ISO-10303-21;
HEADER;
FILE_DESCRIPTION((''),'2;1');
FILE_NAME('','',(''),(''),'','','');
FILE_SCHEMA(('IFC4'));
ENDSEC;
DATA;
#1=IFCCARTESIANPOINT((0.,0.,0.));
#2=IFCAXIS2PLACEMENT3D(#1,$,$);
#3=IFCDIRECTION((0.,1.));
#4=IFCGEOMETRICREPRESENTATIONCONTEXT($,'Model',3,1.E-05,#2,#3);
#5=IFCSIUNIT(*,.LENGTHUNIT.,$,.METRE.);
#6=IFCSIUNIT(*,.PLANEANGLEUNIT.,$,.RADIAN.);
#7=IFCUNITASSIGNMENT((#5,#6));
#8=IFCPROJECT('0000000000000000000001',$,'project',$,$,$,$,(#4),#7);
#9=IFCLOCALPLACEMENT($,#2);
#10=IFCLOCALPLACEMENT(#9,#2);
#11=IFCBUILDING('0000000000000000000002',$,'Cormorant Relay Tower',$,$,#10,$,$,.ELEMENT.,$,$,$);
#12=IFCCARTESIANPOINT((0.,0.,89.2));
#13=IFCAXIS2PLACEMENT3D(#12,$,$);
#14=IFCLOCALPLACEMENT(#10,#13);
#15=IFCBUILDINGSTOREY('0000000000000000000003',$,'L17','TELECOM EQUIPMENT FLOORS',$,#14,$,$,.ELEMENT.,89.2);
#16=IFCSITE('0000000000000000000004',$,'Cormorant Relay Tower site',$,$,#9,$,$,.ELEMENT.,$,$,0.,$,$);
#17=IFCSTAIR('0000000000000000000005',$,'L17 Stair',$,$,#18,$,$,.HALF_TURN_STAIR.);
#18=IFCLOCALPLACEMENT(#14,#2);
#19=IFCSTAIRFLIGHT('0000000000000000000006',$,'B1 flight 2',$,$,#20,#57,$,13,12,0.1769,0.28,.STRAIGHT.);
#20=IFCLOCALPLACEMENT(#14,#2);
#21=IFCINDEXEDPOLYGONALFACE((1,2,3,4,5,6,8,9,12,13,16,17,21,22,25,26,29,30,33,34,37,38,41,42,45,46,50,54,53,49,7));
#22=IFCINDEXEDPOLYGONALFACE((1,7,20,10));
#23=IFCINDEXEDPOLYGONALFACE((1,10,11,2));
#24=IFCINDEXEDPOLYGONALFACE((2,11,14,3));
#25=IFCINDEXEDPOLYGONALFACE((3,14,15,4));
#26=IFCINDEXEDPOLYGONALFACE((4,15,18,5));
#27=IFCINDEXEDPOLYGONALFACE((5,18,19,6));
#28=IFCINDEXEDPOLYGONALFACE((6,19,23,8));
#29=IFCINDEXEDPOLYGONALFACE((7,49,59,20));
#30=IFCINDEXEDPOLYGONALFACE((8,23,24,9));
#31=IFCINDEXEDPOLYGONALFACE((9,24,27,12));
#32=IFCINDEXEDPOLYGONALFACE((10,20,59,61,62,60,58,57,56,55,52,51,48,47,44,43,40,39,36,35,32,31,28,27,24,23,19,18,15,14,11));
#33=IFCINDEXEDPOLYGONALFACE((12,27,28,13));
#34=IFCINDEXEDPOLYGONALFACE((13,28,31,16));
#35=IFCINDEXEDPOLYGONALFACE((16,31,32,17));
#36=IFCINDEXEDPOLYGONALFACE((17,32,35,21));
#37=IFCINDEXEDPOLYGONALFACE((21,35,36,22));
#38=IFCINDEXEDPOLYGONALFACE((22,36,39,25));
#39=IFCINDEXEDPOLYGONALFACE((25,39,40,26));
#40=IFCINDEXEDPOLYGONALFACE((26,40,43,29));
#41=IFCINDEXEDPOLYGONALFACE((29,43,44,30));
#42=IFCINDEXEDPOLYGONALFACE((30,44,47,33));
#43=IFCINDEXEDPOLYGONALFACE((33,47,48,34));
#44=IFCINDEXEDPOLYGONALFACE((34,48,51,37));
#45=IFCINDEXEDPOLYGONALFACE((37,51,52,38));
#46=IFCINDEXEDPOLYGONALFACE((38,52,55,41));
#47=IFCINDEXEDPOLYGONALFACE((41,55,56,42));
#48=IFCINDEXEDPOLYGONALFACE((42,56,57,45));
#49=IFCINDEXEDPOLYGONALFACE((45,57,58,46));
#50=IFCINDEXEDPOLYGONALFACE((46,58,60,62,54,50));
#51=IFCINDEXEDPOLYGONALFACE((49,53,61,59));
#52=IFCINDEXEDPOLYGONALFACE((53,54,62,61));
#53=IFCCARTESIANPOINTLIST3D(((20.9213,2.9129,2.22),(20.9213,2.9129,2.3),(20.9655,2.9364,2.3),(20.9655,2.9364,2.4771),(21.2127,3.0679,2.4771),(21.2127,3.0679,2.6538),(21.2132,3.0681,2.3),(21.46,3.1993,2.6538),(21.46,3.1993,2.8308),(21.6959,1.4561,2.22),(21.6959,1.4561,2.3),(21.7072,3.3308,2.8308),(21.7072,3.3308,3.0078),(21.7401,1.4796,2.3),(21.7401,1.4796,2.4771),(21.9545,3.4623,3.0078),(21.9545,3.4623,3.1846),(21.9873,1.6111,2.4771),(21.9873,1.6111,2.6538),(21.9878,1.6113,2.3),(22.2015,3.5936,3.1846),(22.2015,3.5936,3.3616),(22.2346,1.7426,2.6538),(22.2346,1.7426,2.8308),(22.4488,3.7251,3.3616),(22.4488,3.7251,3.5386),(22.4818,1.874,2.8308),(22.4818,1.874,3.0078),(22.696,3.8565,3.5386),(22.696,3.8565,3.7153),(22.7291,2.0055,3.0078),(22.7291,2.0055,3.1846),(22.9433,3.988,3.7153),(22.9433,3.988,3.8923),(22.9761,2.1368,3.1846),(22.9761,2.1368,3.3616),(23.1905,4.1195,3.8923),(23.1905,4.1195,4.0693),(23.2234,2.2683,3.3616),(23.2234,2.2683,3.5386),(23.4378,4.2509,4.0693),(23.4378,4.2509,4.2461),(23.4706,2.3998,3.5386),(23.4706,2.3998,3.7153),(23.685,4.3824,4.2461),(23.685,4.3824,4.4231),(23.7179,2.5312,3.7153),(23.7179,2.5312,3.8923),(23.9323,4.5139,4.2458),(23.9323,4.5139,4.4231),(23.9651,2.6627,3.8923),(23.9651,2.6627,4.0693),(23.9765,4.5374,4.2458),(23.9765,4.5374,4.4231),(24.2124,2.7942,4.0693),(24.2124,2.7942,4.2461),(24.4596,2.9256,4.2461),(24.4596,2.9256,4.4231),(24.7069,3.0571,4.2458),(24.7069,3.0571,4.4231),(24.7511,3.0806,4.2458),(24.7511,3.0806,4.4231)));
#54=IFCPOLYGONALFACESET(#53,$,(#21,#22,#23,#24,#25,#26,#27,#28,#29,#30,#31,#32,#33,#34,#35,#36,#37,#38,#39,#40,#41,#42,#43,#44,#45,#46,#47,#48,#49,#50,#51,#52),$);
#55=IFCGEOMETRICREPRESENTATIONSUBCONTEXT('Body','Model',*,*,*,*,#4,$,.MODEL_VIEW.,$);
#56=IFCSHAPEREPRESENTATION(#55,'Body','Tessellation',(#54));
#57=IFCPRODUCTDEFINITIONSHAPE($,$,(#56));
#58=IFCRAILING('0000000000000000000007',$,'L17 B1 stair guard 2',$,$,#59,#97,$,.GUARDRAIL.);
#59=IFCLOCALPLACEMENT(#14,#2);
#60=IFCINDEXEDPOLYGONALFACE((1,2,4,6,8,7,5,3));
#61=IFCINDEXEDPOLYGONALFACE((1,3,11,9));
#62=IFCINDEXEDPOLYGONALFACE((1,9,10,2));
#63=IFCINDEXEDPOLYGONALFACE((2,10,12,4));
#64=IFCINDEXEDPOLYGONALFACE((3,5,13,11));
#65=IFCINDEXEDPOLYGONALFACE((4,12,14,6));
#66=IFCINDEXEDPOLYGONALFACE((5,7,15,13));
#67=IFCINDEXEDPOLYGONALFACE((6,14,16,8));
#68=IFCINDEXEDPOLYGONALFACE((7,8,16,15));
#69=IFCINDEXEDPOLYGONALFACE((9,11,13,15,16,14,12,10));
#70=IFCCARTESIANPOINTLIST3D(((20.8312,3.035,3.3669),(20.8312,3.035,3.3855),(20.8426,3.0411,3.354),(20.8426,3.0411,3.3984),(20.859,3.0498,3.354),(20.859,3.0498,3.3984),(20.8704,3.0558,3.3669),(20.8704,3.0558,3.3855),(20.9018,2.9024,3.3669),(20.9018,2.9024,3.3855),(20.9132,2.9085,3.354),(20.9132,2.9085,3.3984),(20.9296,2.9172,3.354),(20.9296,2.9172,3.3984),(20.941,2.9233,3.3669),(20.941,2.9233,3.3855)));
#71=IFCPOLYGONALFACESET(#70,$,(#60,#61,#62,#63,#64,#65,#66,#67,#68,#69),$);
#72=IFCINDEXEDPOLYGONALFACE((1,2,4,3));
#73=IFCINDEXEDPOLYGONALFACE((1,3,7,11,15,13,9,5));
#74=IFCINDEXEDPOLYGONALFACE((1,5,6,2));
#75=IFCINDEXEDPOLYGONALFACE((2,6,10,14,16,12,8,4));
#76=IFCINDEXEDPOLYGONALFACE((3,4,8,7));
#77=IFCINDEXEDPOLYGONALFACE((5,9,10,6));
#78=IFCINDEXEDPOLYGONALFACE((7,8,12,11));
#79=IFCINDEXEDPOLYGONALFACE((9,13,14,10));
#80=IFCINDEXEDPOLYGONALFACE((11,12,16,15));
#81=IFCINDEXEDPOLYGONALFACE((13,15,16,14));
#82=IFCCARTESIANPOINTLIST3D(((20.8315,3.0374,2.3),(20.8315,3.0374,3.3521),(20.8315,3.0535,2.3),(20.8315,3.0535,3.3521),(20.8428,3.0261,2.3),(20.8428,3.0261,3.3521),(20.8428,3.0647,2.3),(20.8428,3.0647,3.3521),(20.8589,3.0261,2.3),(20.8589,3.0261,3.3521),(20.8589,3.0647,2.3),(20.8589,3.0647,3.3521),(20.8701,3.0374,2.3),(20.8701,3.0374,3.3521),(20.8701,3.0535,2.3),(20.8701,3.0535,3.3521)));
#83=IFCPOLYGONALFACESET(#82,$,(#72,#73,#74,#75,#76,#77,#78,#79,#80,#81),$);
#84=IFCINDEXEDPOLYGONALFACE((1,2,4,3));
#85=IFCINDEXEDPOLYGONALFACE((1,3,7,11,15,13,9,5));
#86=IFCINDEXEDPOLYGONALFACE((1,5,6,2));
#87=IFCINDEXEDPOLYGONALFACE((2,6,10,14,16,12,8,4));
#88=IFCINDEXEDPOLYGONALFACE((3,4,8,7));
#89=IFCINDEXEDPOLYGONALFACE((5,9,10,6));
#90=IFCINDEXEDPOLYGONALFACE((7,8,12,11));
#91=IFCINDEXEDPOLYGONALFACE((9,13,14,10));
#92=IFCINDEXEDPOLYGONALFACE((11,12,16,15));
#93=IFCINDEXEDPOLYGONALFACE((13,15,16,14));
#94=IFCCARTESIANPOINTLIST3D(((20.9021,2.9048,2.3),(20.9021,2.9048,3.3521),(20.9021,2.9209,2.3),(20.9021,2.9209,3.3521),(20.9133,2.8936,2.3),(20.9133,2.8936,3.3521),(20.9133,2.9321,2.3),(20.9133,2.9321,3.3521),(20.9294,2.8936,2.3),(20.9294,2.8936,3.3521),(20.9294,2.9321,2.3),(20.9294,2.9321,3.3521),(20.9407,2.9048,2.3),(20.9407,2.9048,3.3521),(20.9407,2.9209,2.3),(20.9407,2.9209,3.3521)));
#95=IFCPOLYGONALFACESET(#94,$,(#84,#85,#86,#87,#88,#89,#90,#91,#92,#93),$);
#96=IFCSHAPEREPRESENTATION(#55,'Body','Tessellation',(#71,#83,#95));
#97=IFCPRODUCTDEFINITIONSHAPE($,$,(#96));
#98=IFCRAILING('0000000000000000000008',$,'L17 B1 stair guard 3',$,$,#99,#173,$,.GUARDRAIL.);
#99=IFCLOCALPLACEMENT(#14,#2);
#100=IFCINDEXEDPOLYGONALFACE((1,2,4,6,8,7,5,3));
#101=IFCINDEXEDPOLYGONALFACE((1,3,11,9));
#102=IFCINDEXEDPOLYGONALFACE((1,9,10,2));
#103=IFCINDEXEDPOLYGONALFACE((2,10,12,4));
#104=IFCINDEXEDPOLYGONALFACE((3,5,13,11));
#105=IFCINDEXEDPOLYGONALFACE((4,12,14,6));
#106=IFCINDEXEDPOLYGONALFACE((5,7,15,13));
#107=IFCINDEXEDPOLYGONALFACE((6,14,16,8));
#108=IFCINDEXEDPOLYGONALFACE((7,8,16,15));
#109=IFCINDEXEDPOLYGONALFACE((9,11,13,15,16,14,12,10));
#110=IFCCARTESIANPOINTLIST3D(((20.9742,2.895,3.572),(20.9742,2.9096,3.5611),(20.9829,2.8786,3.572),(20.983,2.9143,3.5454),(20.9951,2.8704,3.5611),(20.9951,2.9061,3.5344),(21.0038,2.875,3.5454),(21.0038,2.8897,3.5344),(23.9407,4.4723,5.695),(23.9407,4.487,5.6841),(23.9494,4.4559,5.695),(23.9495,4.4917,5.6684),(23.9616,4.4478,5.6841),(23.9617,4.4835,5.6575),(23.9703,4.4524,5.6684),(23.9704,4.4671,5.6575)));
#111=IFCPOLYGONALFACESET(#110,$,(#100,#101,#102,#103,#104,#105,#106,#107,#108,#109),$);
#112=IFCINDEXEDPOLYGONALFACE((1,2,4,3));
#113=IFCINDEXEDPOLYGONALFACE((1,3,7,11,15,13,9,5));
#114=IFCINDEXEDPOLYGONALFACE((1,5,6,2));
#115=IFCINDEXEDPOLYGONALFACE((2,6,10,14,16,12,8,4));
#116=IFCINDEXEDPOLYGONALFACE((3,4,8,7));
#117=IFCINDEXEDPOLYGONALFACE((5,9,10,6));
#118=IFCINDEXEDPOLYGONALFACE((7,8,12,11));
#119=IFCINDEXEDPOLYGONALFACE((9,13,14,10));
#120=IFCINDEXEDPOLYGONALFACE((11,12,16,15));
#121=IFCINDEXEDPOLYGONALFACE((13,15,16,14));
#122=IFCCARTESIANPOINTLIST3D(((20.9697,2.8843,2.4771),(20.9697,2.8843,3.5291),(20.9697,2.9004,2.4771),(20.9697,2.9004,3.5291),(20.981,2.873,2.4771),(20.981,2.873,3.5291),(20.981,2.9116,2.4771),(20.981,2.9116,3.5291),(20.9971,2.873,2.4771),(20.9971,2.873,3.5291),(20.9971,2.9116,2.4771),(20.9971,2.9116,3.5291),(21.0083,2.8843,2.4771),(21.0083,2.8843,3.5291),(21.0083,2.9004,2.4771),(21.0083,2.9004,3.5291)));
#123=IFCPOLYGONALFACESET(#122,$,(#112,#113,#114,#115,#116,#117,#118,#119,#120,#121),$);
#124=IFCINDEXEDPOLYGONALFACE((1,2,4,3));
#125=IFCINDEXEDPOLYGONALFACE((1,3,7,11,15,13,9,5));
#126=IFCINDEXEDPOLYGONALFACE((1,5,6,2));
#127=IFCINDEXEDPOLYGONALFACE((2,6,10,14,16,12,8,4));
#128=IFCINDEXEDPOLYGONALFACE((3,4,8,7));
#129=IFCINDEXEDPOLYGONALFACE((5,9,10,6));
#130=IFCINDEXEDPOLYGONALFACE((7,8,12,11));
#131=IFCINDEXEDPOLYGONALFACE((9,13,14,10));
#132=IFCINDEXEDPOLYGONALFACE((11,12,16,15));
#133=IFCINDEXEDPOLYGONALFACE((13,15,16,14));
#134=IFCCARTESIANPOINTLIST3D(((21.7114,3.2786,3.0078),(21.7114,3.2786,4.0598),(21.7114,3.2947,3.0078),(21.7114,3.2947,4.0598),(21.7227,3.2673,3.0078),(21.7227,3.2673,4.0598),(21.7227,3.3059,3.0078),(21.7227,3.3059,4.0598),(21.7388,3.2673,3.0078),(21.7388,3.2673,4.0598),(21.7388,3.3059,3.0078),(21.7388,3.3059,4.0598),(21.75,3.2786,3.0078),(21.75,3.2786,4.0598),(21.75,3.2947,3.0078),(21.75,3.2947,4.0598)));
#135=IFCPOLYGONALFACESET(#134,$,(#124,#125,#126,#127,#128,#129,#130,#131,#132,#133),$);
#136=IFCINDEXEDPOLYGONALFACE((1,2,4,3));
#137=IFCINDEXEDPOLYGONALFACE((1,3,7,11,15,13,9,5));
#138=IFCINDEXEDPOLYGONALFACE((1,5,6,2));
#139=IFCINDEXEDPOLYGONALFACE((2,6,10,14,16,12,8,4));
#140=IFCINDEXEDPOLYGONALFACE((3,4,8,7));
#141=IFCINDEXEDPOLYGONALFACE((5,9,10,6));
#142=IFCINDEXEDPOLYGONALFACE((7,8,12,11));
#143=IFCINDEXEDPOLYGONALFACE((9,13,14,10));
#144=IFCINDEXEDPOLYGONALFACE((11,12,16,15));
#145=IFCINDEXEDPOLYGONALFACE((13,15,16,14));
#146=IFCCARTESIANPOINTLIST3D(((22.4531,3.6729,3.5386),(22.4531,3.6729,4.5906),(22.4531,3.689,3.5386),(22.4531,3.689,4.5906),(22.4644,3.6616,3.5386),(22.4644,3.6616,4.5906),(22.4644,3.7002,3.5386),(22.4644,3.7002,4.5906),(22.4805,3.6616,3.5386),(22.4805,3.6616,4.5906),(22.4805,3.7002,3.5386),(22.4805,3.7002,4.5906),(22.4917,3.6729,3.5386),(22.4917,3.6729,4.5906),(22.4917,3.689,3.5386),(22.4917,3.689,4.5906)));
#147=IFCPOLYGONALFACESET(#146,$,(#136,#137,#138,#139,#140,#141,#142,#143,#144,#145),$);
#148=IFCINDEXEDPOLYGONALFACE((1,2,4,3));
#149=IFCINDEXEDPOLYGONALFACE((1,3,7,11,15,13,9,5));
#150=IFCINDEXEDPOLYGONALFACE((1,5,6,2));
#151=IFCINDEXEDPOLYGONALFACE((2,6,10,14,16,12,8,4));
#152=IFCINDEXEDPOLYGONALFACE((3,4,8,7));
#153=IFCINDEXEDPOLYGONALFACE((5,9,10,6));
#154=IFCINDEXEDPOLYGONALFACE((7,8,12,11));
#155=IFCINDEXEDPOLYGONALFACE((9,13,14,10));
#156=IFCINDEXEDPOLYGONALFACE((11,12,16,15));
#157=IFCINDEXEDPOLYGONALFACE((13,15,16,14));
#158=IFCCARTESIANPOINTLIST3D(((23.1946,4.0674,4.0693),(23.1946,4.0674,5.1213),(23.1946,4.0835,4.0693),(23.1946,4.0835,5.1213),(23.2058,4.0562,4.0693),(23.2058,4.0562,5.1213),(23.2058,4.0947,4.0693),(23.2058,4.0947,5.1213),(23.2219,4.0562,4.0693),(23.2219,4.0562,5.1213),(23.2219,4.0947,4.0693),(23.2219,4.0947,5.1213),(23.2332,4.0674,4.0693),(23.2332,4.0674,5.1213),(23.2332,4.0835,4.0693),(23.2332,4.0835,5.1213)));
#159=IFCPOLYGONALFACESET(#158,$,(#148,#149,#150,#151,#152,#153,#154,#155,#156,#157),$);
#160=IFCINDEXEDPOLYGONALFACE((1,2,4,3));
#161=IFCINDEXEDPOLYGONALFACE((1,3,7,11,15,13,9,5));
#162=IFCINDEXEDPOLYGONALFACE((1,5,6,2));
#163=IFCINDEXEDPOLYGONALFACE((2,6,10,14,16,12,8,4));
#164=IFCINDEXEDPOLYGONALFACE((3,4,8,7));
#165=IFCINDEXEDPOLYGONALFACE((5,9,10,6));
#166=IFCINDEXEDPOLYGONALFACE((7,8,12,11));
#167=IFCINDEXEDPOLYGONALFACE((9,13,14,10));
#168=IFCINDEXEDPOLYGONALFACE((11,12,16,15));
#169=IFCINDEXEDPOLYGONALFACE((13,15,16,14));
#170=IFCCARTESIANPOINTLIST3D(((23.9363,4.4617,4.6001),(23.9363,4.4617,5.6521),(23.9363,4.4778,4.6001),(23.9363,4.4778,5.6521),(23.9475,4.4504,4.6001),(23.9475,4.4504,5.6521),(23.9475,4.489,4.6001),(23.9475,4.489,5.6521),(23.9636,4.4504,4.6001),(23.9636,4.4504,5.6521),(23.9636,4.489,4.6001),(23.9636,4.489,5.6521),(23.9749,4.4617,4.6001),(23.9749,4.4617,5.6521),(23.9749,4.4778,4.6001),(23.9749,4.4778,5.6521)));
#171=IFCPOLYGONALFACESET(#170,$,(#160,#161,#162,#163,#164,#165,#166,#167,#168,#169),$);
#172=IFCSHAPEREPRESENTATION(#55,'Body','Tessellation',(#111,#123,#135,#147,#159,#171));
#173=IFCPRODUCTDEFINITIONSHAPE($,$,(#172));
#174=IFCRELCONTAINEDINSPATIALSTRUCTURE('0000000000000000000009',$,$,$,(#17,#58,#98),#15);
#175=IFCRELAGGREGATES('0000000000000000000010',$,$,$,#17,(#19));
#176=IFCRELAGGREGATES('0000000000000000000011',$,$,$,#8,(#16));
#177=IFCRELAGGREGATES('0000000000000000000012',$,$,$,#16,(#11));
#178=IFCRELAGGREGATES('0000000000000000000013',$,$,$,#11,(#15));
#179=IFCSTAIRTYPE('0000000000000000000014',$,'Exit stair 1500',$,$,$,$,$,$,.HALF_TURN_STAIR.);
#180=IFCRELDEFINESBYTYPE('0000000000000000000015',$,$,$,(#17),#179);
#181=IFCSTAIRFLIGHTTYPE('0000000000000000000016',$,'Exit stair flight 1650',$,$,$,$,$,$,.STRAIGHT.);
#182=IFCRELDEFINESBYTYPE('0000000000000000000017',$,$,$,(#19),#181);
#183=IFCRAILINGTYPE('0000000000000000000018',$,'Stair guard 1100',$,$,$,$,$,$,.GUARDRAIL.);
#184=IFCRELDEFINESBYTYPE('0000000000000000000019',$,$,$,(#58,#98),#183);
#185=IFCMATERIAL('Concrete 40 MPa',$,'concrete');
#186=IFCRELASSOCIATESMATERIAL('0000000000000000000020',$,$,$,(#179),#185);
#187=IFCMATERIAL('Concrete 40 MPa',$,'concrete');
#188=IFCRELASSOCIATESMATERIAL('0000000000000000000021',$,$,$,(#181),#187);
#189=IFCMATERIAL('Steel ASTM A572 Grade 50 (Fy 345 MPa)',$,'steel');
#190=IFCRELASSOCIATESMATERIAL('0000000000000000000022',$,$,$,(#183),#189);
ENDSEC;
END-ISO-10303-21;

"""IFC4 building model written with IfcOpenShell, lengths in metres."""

from ifc_helpers import new_model, si_unit, direction, frame, origin, place, context, subcontext, project, spatial, polyline, outline, extrude, material, type_object, element, aggregate, save


model = new_model("IFC4")

# Units and contexts
model_context = context("Model", 3, precision=1e-05, world=origin(), true_north=direction((0.0, 1.0)))
body_context = subcontext(model_context, "Body", "Model", "MODEL_VIEW")
ifc_project = project(units=[si_unit("LENGTHUNIT", "METRE"), si_unit("PLANEANGLEUNIT", "RADIAN")], contexts=[model_context])

# Site, building, storey
site_placement = place(None, origin())
site = spatial("IfcSite", under=ifc_project, at=site_placement, Name="Cormorant Relay Tower site", CompositionType="ELEMENT", RefElevation=0.0)
building_placement = place(site_placement, origin())
building = spatial("IfcBuilding", under=site, at=building_placement, Name="Cormorant Relay Tower", CompositionType="ELEMENT")
storey_placement = place(building_placement, frame((0.0, 0.0, 89.2)))
storey = spatial("IfcBuildingStorey", under=building, at=storey_placement, Name="L17", Description="TELECOM EQUIPMENT FLOORS", CompositionType="ELEMENT", Elevation=89.2)

# Stair, stair flight
ifc_material_1 = material(Name="Concrete 40 MPa", Category="concrete")
stair_type = type_object("IfcStairType", Name="Exit stair 1500", PredefinedType="HALF_TURN_STAIR", material=ifc_material_1)
stair_placement = place(storey_placement, origin())
stair = element("IfcStair", 1, at=stair_placement, inside=storey, type_object=stair_type, Name="L17 Stair", PredefinedType="HALF_TURN_STAIR")
ifc_material_2 = material(Name="Concrete 40 MPa", Category="concrete")
stair_flight_type = type_object("IfcStairFlightType", Name="Exit stair flight 1650", PredefinedType="STRAIGHT", material=ifc_material_2)
stair_flight_placement = place(storey_placement, frame((21.3528, 2.208, 2.3), z_axis=(0.0, 0.0, 1.0), x_axis=(0.882948, 0.469472, 0.0)))
stair_flight = element("IfcStairFlight", 2, at=stair_flight_placement, type_object=stair_flight_type, Name="B1 flight 2", NumberOfRisers=13, NumberOfTreads=12, PredefinedType="STRAIGHT", RiserHeight=0.1769, TreadLength=0.28, context=body_context, shape_type="SweptSolid", body=[
    extrude(outline(polyline([(-0.05, -0.0801), (-0.05, 0.0), (0.0, 0.0), (0.0, 0.177), (0.28, 0.177), (0.28, 0.3538), (0.5601, 0.3538), (0.5601, 0.5308), (0.8401, 0.5308), (0.8401, 0.7078), (1.1201, 0.7078), (1.1201, 0.8845), (1.3999, 0.8845), (1.3999, 1.0615), (1.6799, 1.0615), (1.6799, 1.2385), (1.96, 1.2385), (1.96, 1.4153), (2.24, 1.4153), (2.24, 1.5923), (2.52, 1.5923), (2.52, 1.7693), (2.8, 1.7693), (2.8, 1.946), (3.0801, 1.946), (3.0801, 2.123), (3.3601, 2.123), (3.4102, 2.123), (3.4102, 1.9458), (3.3601, 1.9458), (0.2805, 0.0), (-0.05, -0.0801)])), frame((0.0, 0.825, 0.0), z_axis=(0.0, -1.0, 0.0), x_axis=(1.0, 0.0, 0.0)), (0.0, 0.0, 1.0), 1.6499),
])
aggregate(stair, [stair_flight])

# Railings
ifc_material_3 = material(Name="Steel ASTM A572 Grade 50 (Fy 345 MPa)", Category="steel")
railing_type = type_object("IfcRailingType", Name="Stair guard 1100", PredefinedType="GUARDRAIL", material=ifc_material_3)
railing_1_placement = place(storey_placement, frame((20.8508, 3.0454, 2.3)))
element("IfcRailing", 3, at=railing_1_placement, inside=storey, type_object=railing_type, Name="L17 B1 stair guard 2", PredefinedType="GUARDRAIL", context=body_context, shape_type="SweptSolid", body=[
    extrude(outline(polyline([(0.0222, 0.0093), (0.0093, 0.0222), (-0.0093, 0.0222), (-0.0222, 0.0093), (-0.0222, -0.0093), (-0.0093, -0.0222), (0.0093, -0.0222), (0.0222, -0.0093), (0.0222, 0.0093)])), frame((0.0, 0.0, 1.0762), z_axis=(0.469829, -0.882758, 0.0), x_axis=(0.882758, 0.469829, 0.0)), (0.0, 0.0, 1.0), 0.1501),
    extrude(outline(polyline([(0.0193, 0.0081), (0.0081, 0.0193), (-0.0081, 0.0193), (-0.0193, 0.0081), (-0.0193, -0.0081), (-0.0081, -0.0193), (0.0081, -0.0193), (0.0193, -0.0081), (0.0193, 0.0081)])), origin(), (0.0, 0.0, 1.0), 1.052),
    extrude(outline(polyline([(0.0193, 0.0081), (0.0081, 0.0193), (-0.0081, 0.0193), (-0.0193, 0.0081), (-0.0193, -0.0081), (-0.0081, -0.0193), (0.0081, -0.0193), (0.0193, -0.0081), (0.0193, 0.0081)])), frame((0.0706, -0.1326, 0.0)), (0.0, 0.0, 1.0), 1.052),
])
railing_2_placement = place(storey_placement, frame((20.989, 2.8923, 2.4771)))
element("IfcRailing", 4, at=railing_2_placement, inside=storey, type_object=railing_type, Name="L17 B1 stair guard 3", PredefinedType="GUARDRAIL", context=body_context, shape_type="SweptSolid", body=[
    extrude(outline(polyline([(0.0222, 0.0093), (0.0093, 0.0222), (-0.0093, 0.0222), (-0.0222, 0.0093), (-0.0222, -0.0093), (-0.0093, -0.0222), (0.0093, -0.0222), (0.0222, -0.0093), (0.0222, 0.0093)])), frame((0.0, 0.0, 1.0762), z_axis=(0.746413, 0.396887, 0.534179), x_axis=(-0.469483, 0.882942, 0.0)), (0.0, 0.0, 1.0), 3.9744),
    extrude(outline(polyline([(0.0193, 0.0081), (0.0081, 0.0193), (-0.0081, 0.0193), (-0.0193, 0.0081), (-0.0193, -0.0081), (-0.0081, -0.0193), (0.0081, -0.0193), (0.0193, -0.0081), (0.0193, 0.0081)])), origin(), (0.0, 0.0, 1.0), 1.052),
    extrude(outline(polyline([(0.0193, 0.0081), (0.0081, 0.0193), (-0.0081, 0.0193), (-0.0193, 0.0081), (-0.0193, -0.0081), (-0.0081, -0.0193), (0.0081, -0.0193), (0.0193, -0.0081), (0.0193, 0.0081)])), frame((0.7417, 0.3943, 0.5308)), (0.0, 0.0, 1.0), 1.052),
    extrude(outline(polyline([(0.0193, 0.0081), (0.0081, 0.0193), (-0.0081, 0.0193), (-0.0193, 0.0081), (-0.0193, -0.0081), (-0.0081, -0.0193), (0.0081, -0.0193), (0.0193, -0.0081), (0.0193, 0.0081)])), frame((1.4834, 0.7886, 1.0615)), (0.0, 0.0, 1.0), 1.052),
    extrude(outline(polyline([(0.0193, 0.0081), (0.0081, 0.0193), (-0.0081, 0.0193), (-0.0193, 0.0081), (-0.0193, -0.0081), (-0.0081, -0.0193), (0.0081, -0.0193), (0.0193, -0.0081), (0.0193, 0.0081)])), frame((2.2249, 1.1831, 1.5923)), (0.0, 0.0, 1.0), 1.052),
    extrude(outline(polyline([(0.0193, 0.0081), (0.0081, 0.0193), (-0.0081, 0.0193), (-0.0193, 0.0081), (-0.0193, -0.0081), (-0.0081, -0.0193), (0.0081, -0.0193), (0.0193, -0.0081), (0.0193, 0.0081)])), frame((2.9666, 1.5774, 2.123)), (0.0, 0.0, 1.0), 1.052),
])

save(model, "model.ifc")
